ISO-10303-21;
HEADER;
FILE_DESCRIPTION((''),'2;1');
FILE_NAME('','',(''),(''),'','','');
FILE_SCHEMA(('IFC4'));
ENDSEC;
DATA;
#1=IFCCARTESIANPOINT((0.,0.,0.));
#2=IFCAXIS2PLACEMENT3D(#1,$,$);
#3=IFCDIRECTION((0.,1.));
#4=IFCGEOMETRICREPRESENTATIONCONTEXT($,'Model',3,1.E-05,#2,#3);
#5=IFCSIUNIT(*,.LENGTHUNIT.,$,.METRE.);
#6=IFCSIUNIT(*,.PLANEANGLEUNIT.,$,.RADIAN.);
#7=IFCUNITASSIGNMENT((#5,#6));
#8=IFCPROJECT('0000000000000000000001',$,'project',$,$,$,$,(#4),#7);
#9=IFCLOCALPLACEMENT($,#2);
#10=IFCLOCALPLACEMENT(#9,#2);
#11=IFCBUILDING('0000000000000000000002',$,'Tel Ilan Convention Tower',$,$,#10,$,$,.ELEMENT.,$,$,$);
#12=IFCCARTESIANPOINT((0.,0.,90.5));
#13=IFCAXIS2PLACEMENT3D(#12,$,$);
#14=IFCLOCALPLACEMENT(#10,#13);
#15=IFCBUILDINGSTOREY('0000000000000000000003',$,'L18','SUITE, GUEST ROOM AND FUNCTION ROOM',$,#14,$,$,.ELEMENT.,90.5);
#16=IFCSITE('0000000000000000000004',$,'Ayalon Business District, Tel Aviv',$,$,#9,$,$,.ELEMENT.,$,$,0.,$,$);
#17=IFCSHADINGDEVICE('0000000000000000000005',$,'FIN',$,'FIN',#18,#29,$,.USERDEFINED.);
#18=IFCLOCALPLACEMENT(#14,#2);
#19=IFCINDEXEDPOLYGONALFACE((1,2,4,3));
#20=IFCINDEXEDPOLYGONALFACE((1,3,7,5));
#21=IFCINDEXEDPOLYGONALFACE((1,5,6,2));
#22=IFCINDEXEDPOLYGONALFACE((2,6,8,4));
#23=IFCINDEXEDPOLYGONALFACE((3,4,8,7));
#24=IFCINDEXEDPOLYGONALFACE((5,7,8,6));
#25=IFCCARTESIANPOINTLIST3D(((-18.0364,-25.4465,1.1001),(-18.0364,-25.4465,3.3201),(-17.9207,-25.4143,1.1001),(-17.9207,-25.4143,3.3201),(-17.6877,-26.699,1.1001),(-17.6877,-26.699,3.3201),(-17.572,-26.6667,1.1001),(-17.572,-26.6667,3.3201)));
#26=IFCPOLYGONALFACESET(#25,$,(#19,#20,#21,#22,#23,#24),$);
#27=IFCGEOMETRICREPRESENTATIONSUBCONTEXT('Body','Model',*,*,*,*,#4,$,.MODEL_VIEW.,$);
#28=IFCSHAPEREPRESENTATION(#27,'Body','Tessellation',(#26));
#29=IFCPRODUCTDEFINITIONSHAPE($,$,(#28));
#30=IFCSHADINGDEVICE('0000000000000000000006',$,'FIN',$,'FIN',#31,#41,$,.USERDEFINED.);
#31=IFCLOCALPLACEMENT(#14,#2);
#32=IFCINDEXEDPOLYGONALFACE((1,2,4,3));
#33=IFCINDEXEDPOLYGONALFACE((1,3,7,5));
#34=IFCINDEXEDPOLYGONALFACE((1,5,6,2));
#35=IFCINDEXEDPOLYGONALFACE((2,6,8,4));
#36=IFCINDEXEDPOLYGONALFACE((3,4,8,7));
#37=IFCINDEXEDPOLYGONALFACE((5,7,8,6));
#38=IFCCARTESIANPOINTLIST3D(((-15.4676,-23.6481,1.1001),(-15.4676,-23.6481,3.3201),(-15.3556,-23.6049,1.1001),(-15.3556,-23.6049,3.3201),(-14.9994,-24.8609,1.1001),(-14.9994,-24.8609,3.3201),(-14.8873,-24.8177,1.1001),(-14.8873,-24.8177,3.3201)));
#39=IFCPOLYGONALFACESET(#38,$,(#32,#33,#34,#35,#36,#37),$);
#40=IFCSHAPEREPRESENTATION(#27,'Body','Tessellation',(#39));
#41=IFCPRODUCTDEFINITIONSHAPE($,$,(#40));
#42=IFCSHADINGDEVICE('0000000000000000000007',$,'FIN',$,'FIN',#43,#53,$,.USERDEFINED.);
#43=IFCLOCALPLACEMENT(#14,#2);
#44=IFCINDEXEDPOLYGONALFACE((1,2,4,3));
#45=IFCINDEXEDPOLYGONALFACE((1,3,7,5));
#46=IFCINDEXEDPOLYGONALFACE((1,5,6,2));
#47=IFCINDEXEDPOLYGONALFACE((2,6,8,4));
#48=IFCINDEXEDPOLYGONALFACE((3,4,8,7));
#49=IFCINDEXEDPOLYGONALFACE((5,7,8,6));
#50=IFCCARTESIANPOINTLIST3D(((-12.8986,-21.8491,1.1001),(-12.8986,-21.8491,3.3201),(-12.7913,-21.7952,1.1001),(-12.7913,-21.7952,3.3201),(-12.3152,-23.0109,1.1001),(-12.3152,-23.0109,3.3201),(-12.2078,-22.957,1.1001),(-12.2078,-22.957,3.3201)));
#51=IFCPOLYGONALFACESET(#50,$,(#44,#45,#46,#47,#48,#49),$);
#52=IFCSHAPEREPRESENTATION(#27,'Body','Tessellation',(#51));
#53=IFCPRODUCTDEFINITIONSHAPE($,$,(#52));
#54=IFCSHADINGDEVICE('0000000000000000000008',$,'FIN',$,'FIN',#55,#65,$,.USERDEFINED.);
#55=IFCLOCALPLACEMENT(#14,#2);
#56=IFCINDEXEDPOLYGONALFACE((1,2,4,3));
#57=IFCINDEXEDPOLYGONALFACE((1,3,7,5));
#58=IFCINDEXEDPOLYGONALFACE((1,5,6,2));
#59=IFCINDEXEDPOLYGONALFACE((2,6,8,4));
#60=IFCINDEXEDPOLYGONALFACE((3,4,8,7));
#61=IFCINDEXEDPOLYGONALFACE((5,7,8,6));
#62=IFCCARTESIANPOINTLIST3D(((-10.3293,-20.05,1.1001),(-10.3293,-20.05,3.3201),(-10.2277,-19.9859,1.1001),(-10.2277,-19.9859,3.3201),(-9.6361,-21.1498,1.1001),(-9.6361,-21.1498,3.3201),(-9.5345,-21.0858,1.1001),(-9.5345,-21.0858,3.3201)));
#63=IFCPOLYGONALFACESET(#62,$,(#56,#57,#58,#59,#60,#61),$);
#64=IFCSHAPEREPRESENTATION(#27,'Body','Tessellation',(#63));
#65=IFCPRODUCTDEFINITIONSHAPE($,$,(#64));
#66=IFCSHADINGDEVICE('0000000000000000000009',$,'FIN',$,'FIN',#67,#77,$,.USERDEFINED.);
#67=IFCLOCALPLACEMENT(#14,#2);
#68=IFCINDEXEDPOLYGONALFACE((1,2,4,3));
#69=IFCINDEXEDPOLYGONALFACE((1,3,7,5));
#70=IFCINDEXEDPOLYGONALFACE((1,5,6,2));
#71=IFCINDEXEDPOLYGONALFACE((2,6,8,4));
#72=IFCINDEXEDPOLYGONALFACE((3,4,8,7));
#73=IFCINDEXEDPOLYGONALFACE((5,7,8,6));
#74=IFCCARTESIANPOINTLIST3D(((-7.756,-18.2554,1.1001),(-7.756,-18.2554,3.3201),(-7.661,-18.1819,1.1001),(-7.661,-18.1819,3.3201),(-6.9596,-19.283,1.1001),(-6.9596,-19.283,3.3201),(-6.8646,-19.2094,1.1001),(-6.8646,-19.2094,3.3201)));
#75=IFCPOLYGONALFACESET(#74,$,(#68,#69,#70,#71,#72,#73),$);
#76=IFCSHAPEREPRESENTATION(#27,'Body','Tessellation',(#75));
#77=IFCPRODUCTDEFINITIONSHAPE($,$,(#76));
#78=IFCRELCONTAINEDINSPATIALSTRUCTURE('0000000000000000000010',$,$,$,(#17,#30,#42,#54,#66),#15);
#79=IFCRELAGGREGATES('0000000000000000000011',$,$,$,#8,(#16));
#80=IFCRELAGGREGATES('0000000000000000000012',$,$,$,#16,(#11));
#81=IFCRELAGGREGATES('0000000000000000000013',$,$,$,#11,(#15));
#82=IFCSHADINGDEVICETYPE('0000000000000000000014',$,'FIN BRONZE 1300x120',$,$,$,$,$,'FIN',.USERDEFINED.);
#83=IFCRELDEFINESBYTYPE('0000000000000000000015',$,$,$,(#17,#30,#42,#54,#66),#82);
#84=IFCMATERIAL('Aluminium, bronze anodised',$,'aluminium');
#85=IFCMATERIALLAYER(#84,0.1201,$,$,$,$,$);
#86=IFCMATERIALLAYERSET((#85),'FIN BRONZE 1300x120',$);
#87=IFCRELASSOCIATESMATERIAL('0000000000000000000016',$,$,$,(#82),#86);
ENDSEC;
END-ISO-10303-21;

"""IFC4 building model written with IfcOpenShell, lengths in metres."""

from ifc_helpers import new_model, si_unit, direction, frame, origin, origin_2d, place, context, subcontext, project, spatial, rectangle, extrude, material, layer, layer_set, type_object, element, save


model = new_model("IFC4")

# Units and contexts
model_context = context("Model", 3, precision=1e-05, world=origin(), true_north=direction((0.0, 1.0)))
body_context = subcontext(model_context, "Body", "Model", "MODEL_VIEW")
ifc_project = project(units=[si_unit("LENGTHUNIT", "METRE"), si_unit("PLANEANGLEUNIT", "RADIAN")], contexts=[model_context])

# Site, building, storey
site_placement = place(None, origin())
site = spatial("IfcSite", under=ifc_project, at=site_placement, Name="Ayalon Business District, Tel Aviv", CompositionType="ELEMENT", RefElevation=0.0)
building_placement = place(site_placement, origin())
building = spatial("IfcBuilding", under=site, at=building_placement, Name="Tel Ilan Convention Tower", CompositionType="ELEMENT")
storey_placement = place(building_placement, frame((0.0, 0.0, 90.5)))
storey = spatial("IfcBuildingStorey", under=building, at=storey_placement, Name="L18", Description="SUITE, GUEST ROOM AND FUNCTION ROOM", CompositionType="ELEMENT", Elevation=90.5)

# Shading devices
ifc_material_1 = material(Name="Aluminium, bronze anodised", Category="aluminium")
ifc_layer_1 = layer(ifc_material_1, 0.1201)
ifc_layer_set_1 = layer_set([ifc_layer_1], Name="FIN BRONZE 1300x120")
shading_device_type = type_object("IfcShadingDeviceType", Name="FIN BRONZE 1300x120", ElementType="FIN", PredefinedType="USERDEFINED", material=ifc_layer_set_1)
for number, where, z_axis, x_axis, name in (
    (1, (-17.8042, -26.0566, 1.1001), (0.0, 0.0, 1.0), (0.268173, -0.963371, 0.0), "FIN"),
    (2, (-15.1775, -24.2329, 1.1001), (0.0, 0.0, 1.0), (0.360178, -0.932884, 0.0), "FIN"),
    (3, (-12.5532, -22.4031, 1.1001), (0.0, 0.0, 1.0), (0.448799, -0.893633, 0.0), "FIN"),
    (4, (-9.9319, -20.5679, 1.1001), (0.0, 0.0, 1.0), (0.533204, -0.845986, 0.0), "FIN"),
    (5, (-7.3103, -18.7324, 1.1001), (0.0, 0.0, 1.0), (0.612601, -0.790393, 0.0), "FIN"),
):
    element("IfcShadingDevice", number, at=place(storey_placement, frame(where, z_axis=z_axis, x_axis=x_axis)), inside=storey, type_object=shading_device_type, Name=name, ObjectType="FIN", PredefinedType="USERDEFINED", context=body_context, shape_type="SweptSolid", body=[
        extrude(rectangle(XDim=1.3, YDim=0.1201, at=origin_2d()), origin(), (0.0, 0.0, 1.0), 2.22),
    ])

save(model, "model.ifc")
